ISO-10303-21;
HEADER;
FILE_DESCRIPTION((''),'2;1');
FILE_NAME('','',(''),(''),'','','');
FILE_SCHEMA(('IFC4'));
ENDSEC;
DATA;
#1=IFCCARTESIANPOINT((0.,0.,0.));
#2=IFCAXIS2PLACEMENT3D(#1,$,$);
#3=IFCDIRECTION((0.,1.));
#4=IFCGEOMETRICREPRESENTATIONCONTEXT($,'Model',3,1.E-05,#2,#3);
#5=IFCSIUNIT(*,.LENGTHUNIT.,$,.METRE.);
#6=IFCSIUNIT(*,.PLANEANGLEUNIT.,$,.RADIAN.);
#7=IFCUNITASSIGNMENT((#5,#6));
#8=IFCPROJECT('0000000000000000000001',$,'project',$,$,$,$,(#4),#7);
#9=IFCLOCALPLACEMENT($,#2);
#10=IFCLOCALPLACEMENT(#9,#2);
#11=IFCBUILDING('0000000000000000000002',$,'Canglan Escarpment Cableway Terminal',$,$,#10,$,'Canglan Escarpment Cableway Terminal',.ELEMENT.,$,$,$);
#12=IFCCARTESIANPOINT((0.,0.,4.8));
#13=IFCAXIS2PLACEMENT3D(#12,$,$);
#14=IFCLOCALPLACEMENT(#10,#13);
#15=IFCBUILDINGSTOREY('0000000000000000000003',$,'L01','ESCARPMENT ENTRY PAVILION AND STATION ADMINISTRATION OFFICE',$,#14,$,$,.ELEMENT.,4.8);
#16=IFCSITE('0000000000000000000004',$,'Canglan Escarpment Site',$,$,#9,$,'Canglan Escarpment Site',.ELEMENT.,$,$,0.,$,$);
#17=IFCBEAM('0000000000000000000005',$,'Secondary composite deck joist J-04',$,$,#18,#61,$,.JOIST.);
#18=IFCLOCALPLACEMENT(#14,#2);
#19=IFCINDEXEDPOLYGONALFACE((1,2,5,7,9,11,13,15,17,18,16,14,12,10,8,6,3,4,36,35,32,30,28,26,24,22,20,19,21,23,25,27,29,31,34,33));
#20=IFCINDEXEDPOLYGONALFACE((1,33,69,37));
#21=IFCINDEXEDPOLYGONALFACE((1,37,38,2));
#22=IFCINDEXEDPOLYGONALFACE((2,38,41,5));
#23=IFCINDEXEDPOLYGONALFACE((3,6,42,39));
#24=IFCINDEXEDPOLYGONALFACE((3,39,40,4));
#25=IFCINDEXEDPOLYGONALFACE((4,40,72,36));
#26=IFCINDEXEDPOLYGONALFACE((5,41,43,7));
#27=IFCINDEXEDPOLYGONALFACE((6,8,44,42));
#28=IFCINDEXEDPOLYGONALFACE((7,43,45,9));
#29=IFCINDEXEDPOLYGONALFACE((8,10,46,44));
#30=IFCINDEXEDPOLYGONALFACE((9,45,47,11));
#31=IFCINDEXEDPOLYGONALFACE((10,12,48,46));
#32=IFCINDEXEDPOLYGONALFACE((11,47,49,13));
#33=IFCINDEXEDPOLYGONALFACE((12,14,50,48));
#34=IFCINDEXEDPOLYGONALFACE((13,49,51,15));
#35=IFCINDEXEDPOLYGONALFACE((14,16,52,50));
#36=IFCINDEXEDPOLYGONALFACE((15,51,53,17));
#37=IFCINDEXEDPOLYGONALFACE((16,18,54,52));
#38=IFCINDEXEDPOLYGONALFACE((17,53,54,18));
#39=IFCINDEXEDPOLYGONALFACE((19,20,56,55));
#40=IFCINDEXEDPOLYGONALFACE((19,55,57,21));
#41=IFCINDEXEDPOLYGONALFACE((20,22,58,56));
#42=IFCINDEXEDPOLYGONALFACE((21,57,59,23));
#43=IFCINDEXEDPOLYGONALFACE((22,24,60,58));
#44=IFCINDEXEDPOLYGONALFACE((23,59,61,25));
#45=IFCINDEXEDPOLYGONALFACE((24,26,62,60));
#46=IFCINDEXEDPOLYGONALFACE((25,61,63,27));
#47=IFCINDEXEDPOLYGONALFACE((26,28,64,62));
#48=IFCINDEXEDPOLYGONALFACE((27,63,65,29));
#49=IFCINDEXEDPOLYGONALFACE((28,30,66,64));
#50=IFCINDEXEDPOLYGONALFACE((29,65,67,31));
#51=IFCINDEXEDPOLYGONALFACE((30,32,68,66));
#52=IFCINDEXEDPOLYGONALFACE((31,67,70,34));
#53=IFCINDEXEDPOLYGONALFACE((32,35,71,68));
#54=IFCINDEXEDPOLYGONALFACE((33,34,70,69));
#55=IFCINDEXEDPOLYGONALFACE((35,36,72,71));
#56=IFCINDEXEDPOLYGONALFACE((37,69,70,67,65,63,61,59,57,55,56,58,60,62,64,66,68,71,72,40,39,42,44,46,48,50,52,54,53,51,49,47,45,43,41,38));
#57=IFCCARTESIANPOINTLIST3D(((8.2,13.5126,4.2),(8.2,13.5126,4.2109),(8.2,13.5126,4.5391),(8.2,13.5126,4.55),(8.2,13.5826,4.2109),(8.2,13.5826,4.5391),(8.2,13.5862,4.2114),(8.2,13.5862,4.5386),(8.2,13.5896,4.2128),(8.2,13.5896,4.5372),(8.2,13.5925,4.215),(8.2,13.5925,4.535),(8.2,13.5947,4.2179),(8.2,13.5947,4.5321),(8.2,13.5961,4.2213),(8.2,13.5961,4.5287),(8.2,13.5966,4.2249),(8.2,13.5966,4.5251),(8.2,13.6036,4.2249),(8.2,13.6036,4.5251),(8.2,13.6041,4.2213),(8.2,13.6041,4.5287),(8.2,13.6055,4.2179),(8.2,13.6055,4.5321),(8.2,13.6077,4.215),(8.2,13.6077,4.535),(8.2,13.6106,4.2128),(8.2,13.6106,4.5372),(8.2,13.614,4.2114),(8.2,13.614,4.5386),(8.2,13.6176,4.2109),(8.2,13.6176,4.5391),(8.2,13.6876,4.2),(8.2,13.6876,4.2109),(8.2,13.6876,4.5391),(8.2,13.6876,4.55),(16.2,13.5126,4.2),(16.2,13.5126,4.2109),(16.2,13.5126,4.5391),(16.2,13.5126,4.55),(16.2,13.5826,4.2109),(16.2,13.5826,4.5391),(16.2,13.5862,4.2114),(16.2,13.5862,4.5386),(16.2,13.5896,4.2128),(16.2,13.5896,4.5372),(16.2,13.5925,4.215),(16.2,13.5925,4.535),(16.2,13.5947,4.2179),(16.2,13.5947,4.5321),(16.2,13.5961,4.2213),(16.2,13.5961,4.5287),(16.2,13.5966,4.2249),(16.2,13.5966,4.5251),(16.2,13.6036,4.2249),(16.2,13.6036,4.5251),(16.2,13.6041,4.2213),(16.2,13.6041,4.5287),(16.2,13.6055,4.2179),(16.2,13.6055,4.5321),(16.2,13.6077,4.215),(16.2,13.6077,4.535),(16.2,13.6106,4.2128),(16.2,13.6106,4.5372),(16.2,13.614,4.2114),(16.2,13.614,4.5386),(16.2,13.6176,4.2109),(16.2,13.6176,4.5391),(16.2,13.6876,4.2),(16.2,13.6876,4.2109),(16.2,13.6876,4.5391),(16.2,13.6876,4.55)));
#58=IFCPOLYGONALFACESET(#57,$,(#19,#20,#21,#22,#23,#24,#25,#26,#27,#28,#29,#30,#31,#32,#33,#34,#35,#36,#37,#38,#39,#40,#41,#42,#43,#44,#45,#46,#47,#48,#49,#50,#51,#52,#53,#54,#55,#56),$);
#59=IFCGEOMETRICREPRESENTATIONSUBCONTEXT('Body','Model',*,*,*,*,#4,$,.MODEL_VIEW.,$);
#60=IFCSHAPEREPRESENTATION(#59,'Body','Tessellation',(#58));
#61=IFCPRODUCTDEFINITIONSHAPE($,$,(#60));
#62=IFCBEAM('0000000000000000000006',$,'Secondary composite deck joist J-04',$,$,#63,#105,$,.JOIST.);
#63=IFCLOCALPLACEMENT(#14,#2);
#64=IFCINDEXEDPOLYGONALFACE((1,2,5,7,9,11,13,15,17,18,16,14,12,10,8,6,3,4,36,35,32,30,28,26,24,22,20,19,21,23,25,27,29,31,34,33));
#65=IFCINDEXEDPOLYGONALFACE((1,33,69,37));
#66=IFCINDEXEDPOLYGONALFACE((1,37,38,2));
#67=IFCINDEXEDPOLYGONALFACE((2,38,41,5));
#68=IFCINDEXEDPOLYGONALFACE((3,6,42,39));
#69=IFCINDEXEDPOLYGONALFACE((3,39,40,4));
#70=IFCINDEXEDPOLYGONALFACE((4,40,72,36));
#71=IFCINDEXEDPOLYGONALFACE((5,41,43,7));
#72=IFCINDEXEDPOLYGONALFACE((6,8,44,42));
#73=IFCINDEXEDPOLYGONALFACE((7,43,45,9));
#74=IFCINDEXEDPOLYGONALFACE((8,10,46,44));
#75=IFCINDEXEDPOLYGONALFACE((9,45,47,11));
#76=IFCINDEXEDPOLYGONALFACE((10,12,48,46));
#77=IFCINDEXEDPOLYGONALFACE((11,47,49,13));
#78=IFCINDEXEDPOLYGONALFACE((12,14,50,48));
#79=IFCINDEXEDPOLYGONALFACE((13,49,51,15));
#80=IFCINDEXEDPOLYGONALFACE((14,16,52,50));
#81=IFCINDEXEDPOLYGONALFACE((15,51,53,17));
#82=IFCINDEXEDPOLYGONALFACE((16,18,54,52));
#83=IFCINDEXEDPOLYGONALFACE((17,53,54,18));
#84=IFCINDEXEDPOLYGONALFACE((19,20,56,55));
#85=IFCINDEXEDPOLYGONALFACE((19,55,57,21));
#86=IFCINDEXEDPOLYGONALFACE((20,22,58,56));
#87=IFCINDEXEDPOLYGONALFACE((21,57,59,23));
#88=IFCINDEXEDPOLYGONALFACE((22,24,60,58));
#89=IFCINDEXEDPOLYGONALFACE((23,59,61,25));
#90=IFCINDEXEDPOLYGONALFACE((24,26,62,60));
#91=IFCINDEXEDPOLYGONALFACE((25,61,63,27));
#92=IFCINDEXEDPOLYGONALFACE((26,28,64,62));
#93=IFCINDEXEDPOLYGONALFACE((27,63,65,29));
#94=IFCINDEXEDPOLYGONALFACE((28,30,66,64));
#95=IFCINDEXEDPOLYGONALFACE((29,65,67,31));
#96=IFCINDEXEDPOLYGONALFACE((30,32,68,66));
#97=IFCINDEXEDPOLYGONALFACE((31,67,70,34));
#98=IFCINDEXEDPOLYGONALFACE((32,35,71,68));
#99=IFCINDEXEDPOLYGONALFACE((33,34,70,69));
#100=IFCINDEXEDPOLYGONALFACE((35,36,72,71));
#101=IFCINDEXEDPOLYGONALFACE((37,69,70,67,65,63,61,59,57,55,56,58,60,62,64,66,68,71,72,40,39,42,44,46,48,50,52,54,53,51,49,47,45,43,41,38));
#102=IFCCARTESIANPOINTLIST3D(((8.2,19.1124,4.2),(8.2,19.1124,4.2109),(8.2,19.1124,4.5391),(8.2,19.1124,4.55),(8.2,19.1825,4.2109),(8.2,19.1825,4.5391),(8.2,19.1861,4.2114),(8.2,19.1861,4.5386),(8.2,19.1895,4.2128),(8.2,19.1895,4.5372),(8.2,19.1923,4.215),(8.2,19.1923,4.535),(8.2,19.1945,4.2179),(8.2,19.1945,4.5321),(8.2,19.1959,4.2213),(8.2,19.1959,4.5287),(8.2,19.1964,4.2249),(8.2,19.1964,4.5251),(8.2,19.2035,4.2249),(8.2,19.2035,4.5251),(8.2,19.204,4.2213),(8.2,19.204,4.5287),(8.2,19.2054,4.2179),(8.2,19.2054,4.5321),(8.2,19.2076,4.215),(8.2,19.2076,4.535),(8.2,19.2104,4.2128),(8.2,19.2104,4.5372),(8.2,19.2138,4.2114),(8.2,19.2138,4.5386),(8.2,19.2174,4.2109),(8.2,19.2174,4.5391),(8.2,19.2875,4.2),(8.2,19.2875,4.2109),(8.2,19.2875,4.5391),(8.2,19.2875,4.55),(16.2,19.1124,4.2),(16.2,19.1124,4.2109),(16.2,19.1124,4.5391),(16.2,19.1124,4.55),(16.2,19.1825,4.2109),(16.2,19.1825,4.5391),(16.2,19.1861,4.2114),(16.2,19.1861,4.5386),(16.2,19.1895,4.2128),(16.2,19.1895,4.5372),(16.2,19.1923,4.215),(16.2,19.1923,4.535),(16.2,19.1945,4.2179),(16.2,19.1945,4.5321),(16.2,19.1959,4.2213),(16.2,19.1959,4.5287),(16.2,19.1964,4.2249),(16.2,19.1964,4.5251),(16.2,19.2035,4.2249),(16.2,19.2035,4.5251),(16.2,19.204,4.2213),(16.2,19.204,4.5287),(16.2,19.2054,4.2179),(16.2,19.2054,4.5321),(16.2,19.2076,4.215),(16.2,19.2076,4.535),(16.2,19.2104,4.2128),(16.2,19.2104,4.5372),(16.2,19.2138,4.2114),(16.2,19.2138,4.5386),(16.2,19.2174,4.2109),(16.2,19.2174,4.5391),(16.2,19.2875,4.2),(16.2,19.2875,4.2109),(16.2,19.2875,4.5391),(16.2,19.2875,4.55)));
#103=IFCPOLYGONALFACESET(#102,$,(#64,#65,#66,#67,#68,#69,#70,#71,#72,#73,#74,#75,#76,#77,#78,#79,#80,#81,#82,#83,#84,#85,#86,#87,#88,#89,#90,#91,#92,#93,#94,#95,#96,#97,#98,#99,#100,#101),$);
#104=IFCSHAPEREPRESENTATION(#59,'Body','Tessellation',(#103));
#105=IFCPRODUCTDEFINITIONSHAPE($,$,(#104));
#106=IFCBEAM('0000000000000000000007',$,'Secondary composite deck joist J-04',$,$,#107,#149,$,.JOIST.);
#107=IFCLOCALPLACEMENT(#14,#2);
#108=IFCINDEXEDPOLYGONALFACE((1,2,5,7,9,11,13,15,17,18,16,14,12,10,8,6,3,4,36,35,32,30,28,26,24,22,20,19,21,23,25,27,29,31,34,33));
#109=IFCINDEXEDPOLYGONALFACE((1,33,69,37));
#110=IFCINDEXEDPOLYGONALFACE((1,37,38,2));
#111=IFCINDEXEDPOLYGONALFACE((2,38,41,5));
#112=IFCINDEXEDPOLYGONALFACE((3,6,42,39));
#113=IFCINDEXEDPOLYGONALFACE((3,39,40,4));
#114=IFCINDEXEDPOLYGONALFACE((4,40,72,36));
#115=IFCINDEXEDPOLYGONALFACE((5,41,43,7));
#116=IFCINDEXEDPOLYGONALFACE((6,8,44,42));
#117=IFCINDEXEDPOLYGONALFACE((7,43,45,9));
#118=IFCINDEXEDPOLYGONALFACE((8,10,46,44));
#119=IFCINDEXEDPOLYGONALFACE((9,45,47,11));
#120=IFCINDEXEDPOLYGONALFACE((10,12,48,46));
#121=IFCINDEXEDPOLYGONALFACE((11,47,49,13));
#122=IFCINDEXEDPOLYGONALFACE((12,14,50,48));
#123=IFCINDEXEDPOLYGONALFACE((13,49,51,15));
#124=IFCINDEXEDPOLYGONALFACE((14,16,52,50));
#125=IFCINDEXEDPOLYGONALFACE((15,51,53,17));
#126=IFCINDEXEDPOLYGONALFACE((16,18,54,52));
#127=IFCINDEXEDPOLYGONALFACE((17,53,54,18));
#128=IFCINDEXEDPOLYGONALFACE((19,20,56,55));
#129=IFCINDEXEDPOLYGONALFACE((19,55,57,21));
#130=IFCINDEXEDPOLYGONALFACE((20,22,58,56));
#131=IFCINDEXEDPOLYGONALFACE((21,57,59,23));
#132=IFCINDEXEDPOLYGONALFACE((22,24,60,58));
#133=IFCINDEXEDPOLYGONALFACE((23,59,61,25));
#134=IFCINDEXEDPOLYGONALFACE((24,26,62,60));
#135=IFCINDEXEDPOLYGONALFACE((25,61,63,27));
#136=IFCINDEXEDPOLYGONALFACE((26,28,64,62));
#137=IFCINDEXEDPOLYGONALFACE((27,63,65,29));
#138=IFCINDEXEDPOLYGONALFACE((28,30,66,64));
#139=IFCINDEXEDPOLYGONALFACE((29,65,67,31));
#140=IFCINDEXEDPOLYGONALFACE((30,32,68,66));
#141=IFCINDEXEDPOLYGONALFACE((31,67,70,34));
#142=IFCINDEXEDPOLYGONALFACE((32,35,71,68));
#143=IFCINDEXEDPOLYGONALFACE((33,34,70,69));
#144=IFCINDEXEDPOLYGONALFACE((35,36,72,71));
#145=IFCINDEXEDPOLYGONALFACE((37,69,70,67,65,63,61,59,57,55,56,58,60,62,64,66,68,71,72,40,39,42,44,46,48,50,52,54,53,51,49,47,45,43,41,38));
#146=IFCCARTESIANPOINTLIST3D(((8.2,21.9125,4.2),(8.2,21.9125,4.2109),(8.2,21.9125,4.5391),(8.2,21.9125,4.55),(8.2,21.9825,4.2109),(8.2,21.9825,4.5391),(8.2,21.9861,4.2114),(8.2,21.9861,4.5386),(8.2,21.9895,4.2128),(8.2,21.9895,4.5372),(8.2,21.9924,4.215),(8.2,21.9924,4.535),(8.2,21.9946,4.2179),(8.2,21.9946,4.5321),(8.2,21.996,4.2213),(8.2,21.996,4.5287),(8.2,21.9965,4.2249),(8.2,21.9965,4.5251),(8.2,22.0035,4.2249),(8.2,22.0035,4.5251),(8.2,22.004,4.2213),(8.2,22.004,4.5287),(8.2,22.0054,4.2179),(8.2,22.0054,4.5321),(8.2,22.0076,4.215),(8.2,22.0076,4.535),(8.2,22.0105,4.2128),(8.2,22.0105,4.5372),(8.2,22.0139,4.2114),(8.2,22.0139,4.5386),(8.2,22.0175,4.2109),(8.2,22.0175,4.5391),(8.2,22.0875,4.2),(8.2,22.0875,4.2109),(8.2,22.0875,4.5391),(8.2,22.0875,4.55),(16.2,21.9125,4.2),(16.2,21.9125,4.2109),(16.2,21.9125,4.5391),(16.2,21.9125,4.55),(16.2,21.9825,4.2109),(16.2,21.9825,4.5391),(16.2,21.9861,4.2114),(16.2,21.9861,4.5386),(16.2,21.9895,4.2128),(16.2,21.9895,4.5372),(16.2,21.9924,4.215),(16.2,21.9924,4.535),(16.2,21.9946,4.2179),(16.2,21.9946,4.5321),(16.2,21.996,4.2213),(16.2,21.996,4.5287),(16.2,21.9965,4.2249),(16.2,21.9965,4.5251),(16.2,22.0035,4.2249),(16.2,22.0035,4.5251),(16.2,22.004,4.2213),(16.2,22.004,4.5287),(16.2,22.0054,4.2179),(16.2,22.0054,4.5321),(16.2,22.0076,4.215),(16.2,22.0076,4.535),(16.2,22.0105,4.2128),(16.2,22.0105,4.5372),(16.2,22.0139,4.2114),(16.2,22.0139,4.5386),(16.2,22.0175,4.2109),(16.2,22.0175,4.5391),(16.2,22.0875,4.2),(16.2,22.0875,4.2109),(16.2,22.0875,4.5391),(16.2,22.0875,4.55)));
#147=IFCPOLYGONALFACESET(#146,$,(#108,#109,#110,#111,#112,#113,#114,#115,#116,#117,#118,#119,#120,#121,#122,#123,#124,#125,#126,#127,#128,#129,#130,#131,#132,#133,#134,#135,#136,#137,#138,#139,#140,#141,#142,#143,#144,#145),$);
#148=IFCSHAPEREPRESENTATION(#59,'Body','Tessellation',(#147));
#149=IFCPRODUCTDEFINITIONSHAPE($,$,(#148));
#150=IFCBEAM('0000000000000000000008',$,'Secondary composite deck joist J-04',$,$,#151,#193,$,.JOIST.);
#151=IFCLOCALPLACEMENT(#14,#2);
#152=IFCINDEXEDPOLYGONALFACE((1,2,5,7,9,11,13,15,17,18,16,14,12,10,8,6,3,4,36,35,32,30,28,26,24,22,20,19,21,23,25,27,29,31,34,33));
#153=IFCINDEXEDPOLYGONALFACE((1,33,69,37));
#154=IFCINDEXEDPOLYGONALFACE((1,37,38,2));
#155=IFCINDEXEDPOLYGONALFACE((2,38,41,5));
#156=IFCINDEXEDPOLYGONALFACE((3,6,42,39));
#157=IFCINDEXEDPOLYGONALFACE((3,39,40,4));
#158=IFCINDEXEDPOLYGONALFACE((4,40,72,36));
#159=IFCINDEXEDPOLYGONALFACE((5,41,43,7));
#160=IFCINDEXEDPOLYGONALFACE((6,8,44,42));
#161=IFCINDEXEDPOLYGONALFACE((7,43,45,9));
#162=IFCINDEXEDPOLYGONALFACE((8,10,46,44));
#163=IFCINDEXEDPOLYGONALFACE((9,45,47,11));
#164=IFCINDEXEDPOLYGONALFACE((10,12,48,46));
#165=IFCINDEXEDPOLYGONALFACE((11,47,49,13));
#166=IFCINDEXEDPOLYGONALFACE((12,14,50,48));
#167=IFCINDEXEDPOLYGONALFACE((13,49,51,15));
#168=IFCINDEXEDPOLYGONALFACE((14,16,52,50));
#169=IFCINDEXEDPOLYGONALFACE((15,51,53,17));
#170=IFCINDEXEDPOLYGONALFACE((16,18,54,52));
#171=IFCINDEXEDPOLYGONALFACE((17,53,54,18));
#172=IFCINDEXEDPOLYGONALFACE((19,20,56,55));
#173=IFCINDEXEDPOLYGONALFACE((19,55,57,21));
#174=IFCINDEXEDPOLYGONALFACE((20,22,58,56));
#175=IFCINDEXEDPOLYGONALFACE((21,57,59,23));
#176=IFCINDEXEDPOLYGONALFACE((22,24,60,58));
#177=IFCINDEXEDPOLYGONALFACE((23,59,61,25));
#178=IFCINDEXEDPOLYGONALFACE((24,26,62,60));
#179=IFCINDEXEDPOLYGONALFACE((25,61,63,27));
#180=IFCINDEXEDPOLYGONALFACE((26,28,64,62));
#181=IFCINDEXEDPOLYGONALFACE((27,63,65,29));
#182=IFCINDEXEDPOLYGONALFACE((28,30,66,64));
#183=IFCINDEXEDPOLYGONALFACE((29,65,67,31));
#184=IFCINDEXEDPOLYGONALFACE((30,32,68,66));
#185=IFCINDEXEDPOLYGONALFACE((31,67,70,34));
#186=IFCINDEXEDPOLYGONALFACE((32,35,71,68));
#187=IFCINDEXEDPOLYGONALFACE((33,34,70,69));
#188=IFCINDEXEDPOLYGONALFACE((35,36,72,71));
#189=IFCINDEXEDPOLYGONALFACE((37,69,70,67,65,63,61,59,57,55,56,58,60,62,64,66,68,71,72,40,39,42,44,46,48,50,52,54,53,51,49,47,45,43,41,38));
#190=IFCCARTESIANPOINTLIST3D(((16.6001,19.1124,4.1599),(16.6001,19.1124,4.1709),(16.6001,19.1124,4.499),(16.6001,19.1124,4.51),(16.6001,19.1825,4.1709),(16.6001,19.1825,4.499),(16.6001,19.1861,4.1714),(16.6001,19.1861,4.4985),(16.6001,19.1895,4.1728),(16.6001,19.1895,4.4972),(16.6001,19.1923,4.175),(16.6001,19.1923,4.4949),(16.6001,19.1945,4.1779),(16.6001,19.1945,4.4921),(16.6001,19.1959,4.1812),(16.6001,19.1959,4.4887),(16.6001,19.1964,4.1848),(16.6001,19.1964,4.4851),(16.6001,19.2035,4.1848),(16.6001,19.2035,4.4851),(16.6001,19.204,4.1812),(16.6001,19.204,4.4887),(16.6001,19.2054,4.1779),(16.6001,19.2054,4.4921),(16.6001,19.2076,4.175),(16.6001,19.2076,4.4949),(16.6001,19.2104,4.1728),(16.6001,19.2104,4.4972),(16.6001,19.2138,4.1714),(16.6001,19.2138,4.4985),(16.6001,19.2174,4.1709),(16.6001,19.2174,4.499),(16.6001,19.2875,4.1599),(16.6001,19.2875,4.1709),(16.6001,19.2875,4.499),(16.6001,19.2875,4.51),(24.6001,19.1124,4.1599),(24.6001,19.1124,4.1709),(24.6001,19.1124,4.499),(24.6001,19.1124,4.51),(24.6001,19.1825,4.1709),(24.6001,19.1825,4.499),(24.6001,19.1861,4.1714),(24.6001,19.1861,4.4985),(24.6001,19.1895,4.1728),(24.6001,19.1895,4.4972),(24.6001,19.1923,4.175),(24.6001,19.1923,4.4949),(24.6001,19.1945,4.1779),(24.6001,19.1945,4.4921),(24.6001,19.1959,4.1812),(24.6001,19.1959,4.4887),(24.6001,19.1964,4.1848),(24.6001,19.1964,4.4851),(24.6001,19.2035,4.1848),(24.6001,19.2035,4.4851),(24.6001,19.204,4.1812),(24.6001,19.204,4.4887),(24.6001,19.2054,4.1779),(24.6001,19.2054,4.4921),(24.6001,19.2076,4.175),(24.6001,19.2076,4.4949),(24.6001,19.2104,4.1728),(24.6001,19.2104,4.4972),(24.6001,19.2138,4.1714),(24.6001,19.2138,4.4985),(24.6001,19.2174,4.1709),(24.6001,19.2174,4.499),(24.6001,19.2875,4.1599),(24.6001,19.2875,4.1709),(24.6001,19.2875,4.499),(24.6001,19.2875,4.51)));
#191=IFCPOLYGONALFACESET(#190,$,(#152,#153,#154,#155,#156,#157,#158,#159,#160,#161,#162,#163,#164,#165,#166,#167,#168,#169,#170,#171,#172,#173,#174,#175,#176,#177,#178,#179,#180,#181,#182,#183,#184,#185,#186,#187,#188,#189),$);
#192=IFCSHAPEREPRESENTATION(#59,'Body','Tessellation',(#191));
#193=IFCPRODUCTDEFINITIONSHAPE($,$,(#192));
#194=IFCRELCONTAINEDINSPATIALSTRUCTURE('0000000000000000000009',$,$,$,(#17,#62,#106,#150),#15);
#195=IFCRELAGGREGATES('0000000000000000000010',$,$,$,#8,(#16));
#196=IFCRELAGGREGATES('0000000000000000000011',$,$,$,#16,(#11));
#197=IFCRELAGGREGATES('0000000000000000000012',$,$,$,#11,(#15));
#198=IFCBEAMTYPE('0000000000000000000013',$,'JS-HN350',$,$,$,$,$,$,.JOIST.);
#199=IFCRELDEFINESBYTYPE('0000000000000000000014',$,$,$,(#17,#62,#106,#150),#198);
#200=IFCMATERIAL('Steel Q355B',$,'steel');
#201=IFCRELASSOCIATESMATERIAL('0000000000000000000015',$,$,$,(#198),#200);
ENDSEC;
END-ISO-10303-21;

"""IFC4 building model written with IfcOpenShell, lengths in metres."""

from ifc_helpers import new_model, si_unit, direction, frame, origin, origin_2d, place, context, subcontext, project, spatial, i_section, extrude, material, material_profile, profile_set, type_object, element, save


model = new_model("IFC4")

# Units and contexts
model_context = context("Model", 3, precision=1e-05, world=origin(), true_north=direction((0.0, 1.0)))
body_context = subcontext(model_context, "Body", "Model", "MODEL_VIEW")
ifc_project = project(units=[si_unit("LENGTHUNIT", "METRE"), si_unit("PLANEANGLEUNIT", "RADIAN")], contexts=[model_context])

# Site, building, storey
site_placement = place(None, origin())
site = spatial("IfcSite", under=ifc_project, at=site_placement, Name="Canglan Escarpment Site", LongName="Canglan Escarpment Site", CompositionType="ELEMENT", RefElevation=0.0)
building_placement = place(site_placement, origin())
building = spatial("IfcBuilding", under=site, at=building_placement, Name="Canglan Escarpment Cableway Terminal", LongName="Canglan Escarpment Cableway Terminal", CompositionType="ELEMENT")
storey_placement = place(building_placement, frame((0.0, 0.0, 4.8)))
storey = spatial("IfcBuildingStorey", under=building, at=storey_placement, Name="L01", Description="ESCARPMENT ENTRY PAVILION AND STATION ADMINISTRATION OFFICE", CompositionType="ELEMENT", Elevation=4.8)

# Beams
ifc_material_1 = material(Name="Steel Q355B", Category="steel")
ifc_material_profile_1 = material_profile(ifc_material_1, i_section(OverallWidth=0.175, OverallDepth=0.3501, WebThickness=0.0071, FlangeThickness=0.011, FilletRadius=0.0139, at=origin_2d()), Name="HN 350x175x7x11")
ifc_profile_set_1 = profile_set([ifc_material_profile_1], Name="Steel Q355B")
beam_type_1 = type_object("IfcBeamType", Name="JS-HN350", PredefinedType="JOIST", material=ifc_profile_set_1)
for number, where, z_axis, x_axis, name in (
    (1, (8.2, 13.6001, 4.375), (1.0, 0.0, 0.0), (0.0, 1.0, 0.0), "Secondary composite deck joist J-04"),
    (2, (8.2, 19.2, 4.375), (1.0, 0.0, 0.0), (0.0, 1.0, 0.0), "Secondary composite deck joist J-04"),
    (3, (8.2, 22.0, 4.375), (1.0, 0.0, 0.0), (0.0, 1.0, 0.0), "Secondary composite deck joist J-04"),
    (4, (16.6001, 19.2, 4.335), (1.0, 0.0, 0.0), (0.0, 1.0, 0.0), "Secondary composite deck joist J-04"),
):
    element("IfcBeam", number, at=place(storey_placement, frame(where, z_axis=z_axis, x_axis=x_axis)), inside=storey, type_object=beam_type_1, Name=name, PredefinedType="JOIST", context=body_context, shape_type="SweptSolid", body=[
        extrude(i_section(OverallWidth=0.175, OverallDepth=0.3501, WebThickness=0.0071, FlangeThickness=0.011, FilletRadius=0.0139, at=origin_2d()), origin(), (0.0, 0.0, 1.0), 8.0),
    ])

save(model, "model.ifc")
